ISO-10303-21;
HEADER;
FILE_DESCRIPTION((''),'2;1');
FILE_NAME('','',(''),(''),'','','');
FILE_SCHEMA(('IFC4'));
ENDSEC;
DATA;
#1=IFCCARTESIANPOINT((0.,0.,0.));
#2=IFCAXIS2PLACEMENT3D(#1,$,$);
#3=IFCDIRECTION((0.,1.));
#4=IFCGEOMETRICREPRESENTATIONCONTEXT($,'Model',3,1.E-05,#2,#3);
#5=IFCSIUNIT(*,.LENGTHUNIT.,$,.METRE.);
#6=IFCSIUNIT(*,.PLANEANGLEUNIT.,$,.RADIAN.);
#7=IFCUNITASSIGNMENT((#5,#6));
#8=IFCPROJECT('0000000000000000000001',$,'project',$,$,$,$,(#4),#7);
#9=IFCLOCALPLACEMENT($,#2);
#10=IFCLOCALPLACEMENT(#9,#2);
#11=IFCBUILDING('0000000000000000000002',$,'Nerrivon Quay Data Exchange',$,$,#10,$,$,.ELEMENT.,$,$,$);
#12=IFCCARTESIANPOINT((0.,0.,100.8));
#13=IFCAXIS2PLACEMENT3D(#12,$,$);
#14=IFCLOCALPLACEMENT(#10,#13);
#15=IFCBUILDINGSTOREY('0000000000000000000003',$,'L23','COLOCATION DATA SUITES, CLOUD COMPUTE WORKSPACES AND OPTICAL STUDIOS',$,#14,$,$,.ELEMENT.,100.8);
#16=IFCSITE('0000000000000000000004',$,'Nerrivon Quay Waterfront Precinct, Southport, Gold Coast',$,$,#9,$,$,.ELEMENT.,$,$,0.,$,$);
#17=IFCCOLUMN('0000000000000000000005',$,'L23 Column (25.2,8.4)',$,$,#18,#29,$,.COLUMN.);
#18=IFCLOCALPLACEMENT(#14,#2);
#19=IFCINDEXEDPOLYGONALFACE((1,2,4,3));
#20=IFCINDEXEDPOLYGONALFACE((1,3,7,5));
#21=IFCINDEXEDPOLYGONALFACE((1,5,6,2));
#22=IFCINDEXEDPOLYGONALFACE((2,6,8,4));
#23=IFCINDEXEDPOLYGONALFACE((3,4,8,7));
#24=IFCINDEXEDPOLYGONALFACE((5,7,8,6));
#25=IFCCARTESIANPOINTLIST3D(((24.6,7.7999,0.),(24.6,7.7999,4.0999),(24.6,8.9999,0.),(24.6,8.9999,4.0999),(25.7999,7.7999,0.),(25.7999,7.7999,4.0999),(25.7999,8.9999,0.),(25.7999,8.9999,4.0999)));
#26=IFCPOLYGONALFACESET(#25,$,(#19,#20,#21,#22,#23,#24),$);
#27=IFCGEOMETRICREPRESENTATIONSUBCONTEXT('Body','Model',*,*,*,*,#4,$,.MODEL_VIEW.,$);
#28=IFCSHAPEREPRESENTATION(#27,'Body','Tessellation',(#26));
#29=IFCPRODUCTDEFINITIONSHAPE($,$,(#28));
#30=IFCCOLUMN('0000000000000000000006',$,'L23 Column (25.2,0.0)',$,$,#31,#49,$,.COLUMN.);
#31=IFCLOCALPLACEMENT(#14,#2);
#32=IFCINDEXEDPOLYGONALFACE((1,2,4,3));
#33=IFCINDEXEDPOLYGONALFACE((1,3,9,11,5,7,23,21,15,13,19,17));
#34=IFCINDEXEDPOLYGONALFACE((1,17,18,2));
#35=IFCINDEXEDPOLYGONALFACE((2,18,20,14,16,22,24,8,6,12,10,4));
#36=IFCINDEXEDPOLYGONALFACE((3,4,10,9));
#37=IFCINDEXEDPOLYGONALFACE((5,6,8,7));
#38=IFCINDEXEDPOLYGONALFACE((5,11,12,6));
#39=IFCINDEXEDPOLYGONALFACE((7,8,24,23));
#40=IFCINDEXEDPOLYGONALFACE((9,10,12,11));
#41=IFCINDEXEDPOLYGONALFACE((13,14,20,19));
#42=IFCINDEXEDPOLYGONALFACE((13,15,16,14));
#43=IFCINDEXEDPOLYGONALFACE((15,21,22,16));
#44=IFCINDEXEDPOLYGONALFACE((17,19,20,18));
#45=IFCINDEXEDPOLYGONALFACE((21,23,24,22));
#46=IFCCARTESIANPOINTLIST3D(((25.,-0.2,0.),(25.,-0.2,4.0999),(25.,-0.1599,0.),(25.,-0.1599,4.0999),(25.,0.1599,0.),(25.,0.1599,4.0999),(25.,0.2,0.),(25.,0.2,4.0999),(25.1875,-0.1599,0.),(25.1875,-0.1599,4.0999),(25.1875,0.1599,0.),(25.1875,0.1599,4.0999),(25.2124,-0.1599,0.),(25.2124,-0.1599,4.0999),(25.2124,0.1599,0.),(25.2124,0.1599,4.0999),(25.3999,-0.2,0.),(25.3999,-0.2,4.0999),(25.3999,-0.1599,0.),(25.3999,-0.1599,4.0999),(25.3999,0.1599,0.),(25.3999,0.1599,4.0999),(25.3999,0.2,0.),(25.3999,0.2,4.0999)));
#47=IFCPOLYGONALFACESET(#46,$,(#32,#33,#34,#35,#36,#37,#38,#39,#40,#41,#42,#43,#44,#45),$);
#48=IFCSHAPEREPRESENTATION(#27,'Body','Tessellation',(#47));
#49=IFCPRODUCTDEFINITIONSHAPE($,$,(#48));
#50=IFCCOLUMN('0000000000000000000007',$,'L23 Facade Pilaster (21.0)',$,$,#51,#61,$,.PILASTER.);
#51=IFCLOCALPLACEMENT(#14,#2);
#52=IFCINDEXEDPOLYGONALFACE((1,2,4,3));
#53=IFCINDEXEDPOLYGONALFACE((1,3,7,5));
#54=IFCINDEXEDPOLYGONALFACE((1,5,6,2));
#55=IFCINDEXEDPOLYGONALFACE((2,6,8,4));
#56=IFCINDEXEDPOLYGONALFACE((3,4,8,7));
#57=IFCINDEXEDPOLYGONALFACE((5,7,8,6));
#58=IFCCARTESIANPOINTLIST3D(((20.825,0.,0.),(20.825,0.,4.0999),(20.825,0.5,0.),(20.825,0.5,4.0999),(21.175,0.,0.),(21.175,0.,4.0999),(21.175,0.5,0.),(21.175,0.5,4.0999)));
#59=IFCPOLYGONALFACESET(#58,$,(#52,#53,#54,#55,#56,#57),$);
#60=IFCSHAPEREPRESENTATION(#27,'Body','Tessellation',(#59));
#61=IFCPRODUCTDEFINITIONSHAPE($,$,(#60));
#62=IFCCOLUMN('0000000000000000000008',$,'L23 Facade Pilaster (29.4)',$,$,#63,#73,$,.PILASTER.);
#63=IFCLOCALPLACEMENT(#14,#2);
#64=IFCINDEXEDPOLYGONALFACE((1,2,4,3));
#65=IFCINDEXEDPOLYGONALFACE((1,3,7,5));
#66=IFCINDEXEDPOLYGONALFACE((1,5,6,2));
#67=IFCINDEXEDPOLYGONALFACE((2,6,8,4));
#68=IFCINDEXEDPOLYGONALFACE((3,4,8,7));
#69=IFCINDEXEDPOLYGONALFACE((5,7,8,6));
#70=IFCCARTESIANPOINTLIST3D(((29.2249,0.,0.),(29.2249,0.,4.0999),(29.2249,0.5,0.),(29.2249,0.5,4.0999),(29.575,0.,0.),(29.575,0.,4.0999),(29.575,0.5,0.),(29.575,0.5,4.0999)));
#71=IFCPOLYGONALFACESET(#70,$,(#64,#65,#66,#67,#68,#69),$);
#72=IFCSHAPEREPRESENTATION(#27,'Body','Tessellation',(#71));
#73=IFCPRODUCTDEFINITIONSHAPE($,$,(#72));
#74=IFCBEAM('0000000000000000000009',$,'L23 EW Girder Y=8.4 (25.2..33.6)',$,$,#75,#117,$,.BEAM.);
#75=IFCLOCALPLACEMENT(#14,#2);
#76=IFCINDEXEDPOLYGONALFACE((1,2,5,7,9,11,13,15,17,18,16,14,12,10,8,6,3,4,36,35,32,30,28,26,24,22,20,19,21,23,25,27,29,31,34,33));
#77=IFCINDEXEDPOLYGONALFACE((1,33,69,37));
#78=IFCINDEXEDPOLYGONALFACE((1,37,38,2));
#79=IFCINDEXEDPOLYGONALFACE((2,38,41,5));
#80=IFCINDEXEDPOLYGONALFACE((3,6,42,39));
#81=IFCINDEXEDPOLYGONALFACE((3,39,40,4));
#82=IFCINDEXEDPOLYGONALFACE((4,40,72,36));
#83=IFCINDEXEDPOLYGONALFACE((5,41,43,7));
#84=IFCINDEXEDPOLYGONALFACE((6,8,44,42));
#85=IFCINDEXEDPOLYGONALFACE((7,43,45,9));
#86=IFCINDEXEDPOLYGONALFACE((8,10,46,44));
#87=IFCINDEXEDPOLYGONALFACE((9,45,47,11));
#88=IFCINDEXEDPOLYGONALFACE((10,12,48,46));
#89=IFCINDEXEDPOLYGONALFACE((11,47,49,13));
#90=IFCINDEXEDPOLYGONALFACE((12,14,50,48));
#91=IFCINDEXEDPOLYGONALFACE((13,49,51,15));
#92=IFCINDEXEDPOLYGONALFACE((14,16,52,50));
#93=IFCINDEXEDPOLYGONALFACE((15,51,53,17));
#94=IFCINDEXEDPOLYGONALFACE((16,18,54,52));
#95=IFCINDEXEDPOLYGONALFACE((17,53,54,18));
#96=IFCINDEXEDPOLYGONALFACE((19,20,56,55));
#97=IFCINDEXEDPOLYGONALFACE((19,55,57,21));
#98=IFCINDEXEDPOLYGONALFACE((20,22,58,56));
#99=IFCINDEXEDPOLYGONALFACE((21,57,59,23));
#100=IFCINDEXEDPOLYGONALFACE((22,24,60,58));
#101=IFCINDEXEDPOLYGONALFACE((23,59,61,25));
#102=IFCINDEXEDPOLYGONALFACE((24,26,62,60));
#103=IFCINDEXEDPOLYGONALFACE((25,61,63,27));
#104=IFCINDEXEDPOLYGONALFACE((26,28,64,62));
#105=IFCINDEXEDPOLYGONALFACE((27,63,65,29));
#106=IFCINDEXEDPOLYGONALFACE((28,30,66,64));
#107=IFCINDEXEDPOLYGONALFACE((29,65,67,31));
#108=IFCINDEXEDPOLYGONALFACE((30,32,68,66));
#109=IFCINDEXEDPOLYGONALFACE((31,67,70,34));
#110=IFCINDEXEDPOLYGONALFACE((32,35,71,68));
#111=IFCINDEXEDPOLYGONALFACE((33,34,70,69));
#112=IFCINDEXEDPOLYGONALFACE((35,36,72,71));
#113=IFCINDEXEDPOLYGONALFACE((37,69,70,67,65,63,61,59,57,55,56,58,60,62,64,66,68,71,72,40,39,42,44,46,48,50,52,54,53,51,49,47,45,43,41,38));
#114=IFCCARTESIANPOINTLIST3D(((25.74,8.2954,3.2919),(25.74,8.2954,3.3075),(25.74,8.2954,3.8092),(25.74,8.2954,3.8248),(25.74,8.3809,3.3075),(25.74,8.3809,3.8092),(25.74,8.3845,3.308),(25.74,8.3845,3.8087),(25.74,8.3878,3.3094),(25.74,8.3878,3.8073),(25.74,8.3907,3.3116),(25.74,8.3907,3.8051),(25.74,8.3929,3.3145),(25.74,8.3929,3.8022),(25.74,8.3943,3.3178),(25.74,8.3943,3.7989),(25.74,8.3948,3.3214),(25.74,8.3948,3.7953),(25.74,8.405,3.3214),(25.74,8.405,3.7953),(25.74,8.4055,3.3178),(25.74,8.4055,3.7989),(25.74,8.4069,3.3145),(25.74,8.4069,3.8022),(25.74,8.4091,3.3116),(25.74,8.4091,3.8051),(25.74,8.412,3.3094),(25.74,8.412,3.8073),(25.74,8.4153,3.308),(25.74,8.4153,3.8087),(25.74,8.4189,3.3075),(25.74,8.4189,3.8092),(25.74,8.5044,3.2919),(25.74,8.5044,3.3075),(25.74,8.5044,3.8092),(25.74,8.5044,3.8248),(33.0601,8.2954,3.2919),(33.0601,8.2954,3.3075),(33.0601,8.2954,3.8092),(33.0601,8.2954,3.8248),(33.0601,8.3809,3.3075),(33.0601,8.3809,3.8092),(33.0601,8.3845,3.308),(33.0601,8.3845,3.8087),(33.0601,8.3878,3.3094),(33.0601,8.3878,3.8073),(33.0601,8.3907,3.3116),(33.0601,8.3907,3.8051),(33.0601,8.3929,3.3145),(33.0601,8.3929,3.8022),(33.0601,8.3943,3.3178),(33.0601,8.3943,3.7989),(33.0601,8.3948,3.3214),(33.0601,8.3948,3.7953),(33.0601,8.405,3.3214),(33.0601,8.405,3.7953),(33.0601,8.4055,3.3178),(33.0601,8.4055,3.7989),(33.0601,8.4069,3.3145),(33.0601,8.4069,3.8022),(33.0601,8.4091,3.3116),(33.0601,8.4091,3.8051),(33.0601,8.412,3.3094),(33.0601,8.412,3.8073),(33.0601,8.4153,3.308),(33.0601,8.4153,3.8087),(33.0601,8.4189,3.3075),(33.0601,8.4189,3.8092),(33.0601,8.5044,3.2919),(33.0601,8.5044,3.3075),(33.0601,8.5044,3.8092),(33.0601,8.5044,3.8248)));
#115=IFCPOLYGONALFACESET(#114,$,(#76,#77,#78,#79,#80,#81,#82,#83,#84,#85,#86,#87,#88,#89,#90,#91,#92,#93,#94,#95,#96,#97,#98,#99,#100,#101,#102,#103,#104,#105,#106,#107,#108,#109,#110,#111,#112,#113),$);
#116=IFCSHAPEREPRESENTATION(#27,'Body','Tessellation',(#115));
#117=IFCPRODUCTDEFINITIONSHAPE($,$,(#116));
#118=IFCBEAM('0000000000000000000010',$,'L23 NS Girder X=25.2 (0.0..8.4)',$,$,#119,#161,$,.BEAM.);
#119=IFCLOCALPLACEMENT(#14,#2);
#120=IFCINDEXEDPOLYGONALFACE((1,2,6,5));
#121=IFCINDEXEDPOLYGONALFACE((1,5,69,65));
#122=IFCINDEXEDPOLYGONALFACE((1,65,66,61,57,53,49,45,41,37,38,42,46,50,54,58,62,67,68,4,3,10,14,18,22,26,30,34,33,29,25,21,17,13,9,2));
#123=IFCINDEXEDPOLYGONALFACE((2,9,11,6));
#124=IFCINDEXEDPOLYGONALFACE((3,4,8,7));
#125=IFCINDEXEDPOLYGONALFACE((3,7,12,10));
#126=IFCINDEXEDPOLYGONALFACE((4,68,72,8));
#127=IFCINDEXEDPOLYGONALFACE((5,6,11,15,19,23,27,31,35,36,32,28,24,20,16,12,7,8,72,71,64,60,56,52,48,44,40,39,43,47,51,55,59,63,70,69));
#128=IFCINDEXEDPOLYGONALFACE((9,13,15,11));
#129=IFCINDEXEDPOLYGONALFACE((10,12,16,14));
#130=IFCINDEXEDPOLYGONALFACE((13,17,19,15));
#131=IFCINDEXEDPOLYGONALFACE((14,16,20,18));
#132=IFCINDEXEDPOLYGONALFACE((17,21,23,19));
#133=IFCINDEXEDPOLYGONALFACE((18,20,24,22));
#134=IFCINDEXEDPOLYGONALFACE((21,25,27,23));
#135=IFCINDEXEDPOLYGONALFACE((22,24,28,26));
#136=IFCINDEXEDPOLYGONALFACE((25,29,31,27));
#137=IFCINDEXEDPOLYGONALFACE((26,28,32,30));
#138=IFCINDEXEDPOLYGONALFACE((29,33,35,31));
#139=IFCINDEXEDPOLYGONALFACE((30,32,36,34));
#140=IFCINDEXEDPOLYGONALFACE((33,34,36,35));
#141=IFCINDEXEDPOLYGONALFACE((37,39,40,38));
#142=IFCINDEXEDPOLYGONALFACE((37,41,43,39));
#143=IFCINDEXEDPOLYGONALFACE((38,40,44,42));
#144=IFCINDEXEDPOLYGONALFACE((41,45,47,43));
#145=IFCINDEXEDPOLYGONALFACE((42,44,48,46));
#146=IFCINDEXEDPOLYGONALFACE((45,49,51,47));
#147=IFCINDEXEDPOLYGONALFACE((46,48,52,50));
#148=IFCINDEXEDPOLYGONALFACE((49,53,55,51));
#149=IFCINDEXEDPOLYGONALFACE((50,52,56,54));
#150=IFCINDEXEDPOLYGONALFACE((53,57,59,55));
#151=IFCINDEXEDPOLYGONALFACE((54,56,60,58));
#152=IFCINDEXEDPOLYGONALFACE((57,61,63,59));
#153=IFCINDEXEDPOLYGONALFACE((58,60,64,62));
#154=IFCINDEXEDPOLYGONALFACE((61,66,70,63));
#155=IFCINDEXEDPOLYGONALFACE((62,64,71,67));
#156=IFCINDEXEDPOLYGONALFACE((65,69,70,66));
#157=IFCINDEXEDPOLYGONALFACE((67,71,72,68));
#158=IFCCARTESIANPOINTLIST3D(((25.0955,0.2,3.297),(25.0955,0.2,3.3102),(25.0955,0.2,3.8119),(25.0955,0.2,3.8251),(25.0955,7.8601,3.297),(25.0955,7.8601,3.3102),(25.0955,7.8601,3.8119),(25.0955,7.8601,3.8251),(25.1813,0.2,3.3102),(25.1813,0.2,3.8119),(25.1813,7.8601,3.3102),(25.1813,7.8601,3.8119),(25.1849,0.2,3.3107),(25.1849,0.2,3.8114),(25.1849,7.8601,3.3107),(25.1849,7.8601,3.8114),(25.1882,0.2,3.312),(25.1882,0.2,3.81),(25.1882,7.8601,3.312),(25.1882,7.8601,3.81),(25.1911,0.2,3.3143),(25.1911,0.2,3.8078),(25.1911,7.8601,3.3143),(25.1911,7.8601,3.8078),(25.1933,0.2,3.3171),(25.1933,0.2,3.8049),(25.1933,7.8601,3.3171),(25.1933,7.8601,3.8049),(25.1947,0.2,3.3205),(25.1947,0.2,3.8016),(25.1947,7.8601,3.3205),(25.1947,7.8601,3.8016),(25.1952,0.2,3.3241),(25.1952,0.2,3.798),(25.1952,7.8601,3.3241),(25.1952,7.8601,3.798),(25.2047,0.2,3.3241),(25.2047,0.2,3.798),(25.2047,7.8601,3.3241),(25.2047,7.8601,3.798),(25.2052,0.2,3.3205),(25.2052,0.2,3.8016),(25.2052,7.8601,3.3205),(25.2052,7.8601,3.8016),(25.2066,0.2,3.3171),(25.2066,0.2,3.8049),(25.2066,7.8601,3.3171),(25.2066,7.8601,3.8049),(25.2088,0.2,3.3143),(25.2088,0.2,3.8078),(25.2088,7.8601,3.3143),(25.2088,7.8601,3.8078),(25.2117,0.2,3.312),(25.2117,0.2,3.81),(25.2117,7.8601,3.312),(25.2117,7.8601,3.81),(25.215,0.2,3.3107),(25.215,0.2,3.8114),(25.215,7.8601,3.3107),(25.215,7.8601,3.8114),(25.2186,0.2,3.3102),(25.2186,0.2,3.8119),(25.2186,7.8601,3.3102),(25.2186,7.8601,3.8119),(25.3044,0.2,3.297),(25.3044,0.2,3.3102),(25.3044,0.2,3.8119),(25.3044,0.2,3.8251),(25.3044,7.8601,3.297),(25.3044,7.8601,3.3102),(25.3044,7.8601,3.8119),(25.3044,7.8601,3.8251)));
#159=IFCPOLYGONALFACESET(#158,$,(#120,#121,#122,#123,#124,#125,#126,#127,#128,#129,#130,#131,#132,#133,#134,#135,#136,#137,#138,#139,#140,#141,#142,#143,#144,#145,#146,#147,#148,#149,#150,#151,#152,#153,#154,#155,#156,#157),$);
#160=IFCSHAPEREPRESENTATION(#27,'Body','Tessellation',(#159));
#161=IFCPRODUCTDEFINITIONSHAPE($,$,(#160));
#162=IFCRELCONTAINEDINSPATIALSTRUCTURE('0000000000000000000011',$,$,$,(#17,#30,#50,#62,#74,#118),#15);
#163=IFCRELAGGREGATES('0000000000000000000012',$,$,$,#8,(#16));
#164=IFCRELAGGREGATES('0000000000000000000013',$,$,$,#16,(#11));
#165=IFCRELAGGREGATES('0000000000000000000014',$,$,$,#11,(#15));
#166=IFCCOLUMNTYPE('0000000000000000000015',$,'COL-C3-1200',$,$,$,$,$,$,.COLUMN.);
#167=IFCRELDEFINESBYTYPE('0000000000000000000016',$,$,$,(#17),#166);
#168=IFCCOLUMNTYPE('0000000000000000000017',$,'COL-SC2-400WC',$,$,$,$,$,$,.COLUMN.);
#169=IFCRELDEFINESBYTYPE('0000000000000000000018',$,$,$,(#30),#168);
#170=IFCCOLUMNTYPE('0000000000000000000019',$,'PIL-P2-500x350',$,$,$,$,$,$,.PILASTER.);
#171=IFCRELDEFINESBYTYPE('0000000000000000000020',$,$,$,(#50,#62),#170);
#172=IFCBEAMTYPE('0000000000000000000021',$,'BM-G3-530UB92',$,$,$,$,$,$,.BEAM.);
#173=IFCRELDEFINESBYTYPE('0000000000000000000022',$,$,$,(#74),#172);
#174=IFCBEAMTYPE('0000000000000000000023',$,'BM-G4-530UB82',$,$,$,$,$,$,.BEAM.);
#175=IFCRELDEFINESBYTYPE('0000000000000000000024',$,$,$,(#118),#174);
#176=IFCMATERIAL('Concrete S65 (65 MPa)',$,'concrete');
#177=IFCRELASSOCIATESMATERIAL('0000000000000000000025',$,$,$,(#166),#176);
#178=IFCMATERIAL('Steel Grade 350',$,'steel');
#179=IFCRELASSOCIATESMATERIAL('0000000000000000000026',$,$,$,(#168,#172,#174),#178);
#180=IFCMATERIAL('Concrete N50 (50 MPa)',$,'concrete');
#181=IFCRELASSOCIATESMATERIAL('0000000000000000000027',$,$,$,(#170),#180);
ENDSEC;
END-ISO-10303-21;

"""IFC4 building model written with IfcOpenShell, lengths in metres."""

from ifc_helpers import new_model, si_unit, direction, frame, origin, origin_2d, place, context, subcontext, project, spatial, rectangle, i_section, extrude, material, material_profile, profile_set, type_object, element, save


model = new_model("IFC4")

# Units and contexts
model_context = context("Model", 3, precision=1e-05, world=origin(), true_north=direction((0.0, 1.0)))
body_context = subcontext(model_context, "Body", "Model", "MODEL_VIEW")
ifc_project = project(units=[si_unit("LENGTHUNIT", "METRE"), si_unit("PLANEANGLEUNIT", "RADIAN")], contexts=[model_context])

# Site, building, storey
site_placement = place(None, origin())
site = spatial("IfcSite", under=ifc_project, at=site_placement, Name="Nerrivon Quay Waterfront Precinct, Southport, Gold Coast", CompositionType="ELEMENT", RefElevation=0.0)
building_placement = place(site_placement, origin())
building = spatial("IfcBuilding", under=site, at=building_placement, Name="Nerrivon Quay Data Exchange", CompositionType="ELEMENT")
storey_placement = place(building_placement, frame((0.0, 0.0, 100.8)))
storey = spatial("IfcBuildingStorey", under=building, at=storey_placement, Name="L23", Description="COLOCATION DATA SUITES, CLOUD COMPUTE WORKSPACES AND OPTICAL STUDIOS", CompositionType="ELEMENT", Elevation=100.8)

# Columns
ifc_material_1 = material(Name="Concrete S65 (65 MPa)", Category="concrete")
ifc_material_profile_1 = material_profile(ifc_material_1, rectangle(XDim=1.2, YDim=1.2, at=origin_2d()), Name="RC-COL-1200x1200")
ifc_profile_set_1 = profile_set([ifc_material_profile_1], Name="Concrete S65 (65 MPa)")
column_type_1 = type_object("IfcColumnType", Name="COL-C3-1200", PredefinedType="COLUMN", material=ifc_profile_set_1)
column_1_placement = place(storey_placement, frame((25.2, 8.3999, 0.0), z_axis=(0.0, 0.0, 1.0), x_axis=(1.0, 0.0, 0.0)))
element("IfcColumn", 1, at=column_1_placement, inside=storey, type_object=column_type_1, Name="L23 Column (25.2,8.4)", PredefinedType="COLUMN", context=body_context, shape_type="SweptSolid", body=[
    extrude(rectangle(XDim=1.2, YDim=1.2, at=origin_2d()), origin(), (0.0, 0.0, 1.0), 4.0999),
])
ifc_material_2 = material(Name="Steel Grade 350", Category="steel")
ifc_material_profile_2 = material_profile(ifc_material_2, i_section(OverallWidth=0.3999, OverallDepth=0.3999, WebThickness=0.0249, FlangeThickness=0.04, at=origin_2d()), Name="400WC328")
ifc_profile_set_2 = profile_set([ifc_material_profile_2], Name="Steel Grade 350")
column_type_2 = type_object("IfcColumnType", Name="COL-SC2-400WC", PredefinedType="COLUMN", material=ifc_profile_set_2)
column_2_placement = place(storey_placement, frame((25.2, 0.0, 0.0), z_axis=(0.0, 0.0, 1.0), x_axis=(1.0, 0.0, 0.0)))
element("IfcColumn", 2, at=column_2_placement, inside=storey, type_object=column_type_2, Name="L23 Column (25.2,0.0)", PredefinedType="COLUMN", context=body_context, shape_type="SweptSolid", body=[
    extrude(i_section(OverallWidth=0.3999, OverallDepth=0.3999, WebThickness=0.0249, FlangeThickness=0.04, at=origin_2d()), origin(), (0.0, 0.0, 1.0), 4.0999),
])
ifc_material_3 = material(Name="Concrete N50 (50 MPa)", Category="concrete")
ifc_material_profile_3 = material_profile(ifc_material_3, rectangle(XDim=0.3501, YDim=0.5, at=origin_2d()), Name="RC-PIL-500x350")
ifc_profile_set_3 = profile_set([ifc_material_profile_3], Name="Concrete N50 (50 MPa)")
column_type_3 = type_object("IfcColumnType", Name="PIL-P2-500x350", PredefinedType="PILASTER", material=ifc_profile_set_3)
for number, where, z_axis, x_axis, name in (
    (3, (21.0, 0.25, 0.0), (0.0, 0.0, 1.0), (1.0, 0.0, 0.0), "L23 Facade Pilaster (21.0)"),
    (4, (29.3999, 0.25, 0.0), (0.0, 0.0, 1.0), (1.0, 0.0, 0.0), "L23 Facade Pilaster (29.4)"),
):
    element("IfcColumn", number, at=place(storey_placement, frame(where, z_axis=z_axis, x_axis=x_axis)), inside=storey, type_object=column_type_3, Name=name, PredefinedType="PILASTER", context=body_context, shape_type="SweptSolid", body=[
        extrude(rectangle(XDim=0.3501, YDim=0.5, at=origin_2d()), origin(), (0.0, 0.0, 1.0), 4.0999),
    ])

# Beams
ifc_material_profile_4 = material_profile(ifc_material_2, i_section(OverallWidth=0.209, OverallDepth=0.533, WebThickness=0.0103, FlangeThickness=0.0156, FilletRadius=0.0139, at=origin_2d()), Name="530UB92.4")
ifc_profile_set_4 = profile_set([ifc_material_profile_4], Name="Steel Grade 350")
beam_type_1 = type_object("IfcBeamType", Name="BM-G3-530UB92", PredefinedType="BEAM", material=ifc_profile_set_4)
beam_1_placement = place(storey_placement, frame((25.74, 8.3999, 3.5583), z_axis=(1.0, 0.0, 0.0), x_axis=(0.0, 1.0, 0.0)))
element("IfcBeam", 5, at=beam_1_placement, inside=storey, type_object=beam_type_1, Name="L23 EW Girder Y=8.4 (25.2..33.6)", PredefinedType="BEAM", context=body_context, shape_type="SweptSolid", body=[
    extrude(i_section(OverallWidth=0.209, OverallDepth=0.533, WebThickness=0.0103, FlangeThickness=0.0156, FilletRadius=0.0139, at=origin_2d()), origin(), (0.0, 0.0, 1.0), 7.3201),
])
ifc_material_profile_5 = material_profile(ifc_material_2, i_section(OverallWidth=0.209, OverallDepth=0.5281, WebThickness=0.0095, FlangeThickness=0.0132, FilletRadius=0.0139, at=origin_2d()), Name="530UB82.0")
ifc_profile_set_5 = profile_set([ifc_material_profile_5], Name="Steel Grade 350")
beam_type_2 = type_object("IfcBeamType", Name="BM-G4-530UB82", PredefinedType="BEAM", material=ifc_profile_set_5)
beam_2_placement = place(storey_placement, frame((25.2, 0.2, 3.561), z_axis=(0.0, 1.0, 0.0), x_axis=(-1.0, 0.0, 0.0)))
element("IfcBeam", 6, at=beam_2_placement, inside=storey, type_object=beam_type_2, Name="L23 NS Girder X=25.2 (0.0..8.4)", PredefinedType="BEAM", context=body_context, shape_type="SweptSolid", body=[
    extrude(i_section(OverallWidth=0.209, OverallDepth=0.5281, WebThickness=0.0095, FlangeThickness=0.0132, FilletRadius=0.0139, at=origin_2d()), origin(), (0.0, 0.0, 1.0), 7.6602),
])

save(model, "model.ifc")
